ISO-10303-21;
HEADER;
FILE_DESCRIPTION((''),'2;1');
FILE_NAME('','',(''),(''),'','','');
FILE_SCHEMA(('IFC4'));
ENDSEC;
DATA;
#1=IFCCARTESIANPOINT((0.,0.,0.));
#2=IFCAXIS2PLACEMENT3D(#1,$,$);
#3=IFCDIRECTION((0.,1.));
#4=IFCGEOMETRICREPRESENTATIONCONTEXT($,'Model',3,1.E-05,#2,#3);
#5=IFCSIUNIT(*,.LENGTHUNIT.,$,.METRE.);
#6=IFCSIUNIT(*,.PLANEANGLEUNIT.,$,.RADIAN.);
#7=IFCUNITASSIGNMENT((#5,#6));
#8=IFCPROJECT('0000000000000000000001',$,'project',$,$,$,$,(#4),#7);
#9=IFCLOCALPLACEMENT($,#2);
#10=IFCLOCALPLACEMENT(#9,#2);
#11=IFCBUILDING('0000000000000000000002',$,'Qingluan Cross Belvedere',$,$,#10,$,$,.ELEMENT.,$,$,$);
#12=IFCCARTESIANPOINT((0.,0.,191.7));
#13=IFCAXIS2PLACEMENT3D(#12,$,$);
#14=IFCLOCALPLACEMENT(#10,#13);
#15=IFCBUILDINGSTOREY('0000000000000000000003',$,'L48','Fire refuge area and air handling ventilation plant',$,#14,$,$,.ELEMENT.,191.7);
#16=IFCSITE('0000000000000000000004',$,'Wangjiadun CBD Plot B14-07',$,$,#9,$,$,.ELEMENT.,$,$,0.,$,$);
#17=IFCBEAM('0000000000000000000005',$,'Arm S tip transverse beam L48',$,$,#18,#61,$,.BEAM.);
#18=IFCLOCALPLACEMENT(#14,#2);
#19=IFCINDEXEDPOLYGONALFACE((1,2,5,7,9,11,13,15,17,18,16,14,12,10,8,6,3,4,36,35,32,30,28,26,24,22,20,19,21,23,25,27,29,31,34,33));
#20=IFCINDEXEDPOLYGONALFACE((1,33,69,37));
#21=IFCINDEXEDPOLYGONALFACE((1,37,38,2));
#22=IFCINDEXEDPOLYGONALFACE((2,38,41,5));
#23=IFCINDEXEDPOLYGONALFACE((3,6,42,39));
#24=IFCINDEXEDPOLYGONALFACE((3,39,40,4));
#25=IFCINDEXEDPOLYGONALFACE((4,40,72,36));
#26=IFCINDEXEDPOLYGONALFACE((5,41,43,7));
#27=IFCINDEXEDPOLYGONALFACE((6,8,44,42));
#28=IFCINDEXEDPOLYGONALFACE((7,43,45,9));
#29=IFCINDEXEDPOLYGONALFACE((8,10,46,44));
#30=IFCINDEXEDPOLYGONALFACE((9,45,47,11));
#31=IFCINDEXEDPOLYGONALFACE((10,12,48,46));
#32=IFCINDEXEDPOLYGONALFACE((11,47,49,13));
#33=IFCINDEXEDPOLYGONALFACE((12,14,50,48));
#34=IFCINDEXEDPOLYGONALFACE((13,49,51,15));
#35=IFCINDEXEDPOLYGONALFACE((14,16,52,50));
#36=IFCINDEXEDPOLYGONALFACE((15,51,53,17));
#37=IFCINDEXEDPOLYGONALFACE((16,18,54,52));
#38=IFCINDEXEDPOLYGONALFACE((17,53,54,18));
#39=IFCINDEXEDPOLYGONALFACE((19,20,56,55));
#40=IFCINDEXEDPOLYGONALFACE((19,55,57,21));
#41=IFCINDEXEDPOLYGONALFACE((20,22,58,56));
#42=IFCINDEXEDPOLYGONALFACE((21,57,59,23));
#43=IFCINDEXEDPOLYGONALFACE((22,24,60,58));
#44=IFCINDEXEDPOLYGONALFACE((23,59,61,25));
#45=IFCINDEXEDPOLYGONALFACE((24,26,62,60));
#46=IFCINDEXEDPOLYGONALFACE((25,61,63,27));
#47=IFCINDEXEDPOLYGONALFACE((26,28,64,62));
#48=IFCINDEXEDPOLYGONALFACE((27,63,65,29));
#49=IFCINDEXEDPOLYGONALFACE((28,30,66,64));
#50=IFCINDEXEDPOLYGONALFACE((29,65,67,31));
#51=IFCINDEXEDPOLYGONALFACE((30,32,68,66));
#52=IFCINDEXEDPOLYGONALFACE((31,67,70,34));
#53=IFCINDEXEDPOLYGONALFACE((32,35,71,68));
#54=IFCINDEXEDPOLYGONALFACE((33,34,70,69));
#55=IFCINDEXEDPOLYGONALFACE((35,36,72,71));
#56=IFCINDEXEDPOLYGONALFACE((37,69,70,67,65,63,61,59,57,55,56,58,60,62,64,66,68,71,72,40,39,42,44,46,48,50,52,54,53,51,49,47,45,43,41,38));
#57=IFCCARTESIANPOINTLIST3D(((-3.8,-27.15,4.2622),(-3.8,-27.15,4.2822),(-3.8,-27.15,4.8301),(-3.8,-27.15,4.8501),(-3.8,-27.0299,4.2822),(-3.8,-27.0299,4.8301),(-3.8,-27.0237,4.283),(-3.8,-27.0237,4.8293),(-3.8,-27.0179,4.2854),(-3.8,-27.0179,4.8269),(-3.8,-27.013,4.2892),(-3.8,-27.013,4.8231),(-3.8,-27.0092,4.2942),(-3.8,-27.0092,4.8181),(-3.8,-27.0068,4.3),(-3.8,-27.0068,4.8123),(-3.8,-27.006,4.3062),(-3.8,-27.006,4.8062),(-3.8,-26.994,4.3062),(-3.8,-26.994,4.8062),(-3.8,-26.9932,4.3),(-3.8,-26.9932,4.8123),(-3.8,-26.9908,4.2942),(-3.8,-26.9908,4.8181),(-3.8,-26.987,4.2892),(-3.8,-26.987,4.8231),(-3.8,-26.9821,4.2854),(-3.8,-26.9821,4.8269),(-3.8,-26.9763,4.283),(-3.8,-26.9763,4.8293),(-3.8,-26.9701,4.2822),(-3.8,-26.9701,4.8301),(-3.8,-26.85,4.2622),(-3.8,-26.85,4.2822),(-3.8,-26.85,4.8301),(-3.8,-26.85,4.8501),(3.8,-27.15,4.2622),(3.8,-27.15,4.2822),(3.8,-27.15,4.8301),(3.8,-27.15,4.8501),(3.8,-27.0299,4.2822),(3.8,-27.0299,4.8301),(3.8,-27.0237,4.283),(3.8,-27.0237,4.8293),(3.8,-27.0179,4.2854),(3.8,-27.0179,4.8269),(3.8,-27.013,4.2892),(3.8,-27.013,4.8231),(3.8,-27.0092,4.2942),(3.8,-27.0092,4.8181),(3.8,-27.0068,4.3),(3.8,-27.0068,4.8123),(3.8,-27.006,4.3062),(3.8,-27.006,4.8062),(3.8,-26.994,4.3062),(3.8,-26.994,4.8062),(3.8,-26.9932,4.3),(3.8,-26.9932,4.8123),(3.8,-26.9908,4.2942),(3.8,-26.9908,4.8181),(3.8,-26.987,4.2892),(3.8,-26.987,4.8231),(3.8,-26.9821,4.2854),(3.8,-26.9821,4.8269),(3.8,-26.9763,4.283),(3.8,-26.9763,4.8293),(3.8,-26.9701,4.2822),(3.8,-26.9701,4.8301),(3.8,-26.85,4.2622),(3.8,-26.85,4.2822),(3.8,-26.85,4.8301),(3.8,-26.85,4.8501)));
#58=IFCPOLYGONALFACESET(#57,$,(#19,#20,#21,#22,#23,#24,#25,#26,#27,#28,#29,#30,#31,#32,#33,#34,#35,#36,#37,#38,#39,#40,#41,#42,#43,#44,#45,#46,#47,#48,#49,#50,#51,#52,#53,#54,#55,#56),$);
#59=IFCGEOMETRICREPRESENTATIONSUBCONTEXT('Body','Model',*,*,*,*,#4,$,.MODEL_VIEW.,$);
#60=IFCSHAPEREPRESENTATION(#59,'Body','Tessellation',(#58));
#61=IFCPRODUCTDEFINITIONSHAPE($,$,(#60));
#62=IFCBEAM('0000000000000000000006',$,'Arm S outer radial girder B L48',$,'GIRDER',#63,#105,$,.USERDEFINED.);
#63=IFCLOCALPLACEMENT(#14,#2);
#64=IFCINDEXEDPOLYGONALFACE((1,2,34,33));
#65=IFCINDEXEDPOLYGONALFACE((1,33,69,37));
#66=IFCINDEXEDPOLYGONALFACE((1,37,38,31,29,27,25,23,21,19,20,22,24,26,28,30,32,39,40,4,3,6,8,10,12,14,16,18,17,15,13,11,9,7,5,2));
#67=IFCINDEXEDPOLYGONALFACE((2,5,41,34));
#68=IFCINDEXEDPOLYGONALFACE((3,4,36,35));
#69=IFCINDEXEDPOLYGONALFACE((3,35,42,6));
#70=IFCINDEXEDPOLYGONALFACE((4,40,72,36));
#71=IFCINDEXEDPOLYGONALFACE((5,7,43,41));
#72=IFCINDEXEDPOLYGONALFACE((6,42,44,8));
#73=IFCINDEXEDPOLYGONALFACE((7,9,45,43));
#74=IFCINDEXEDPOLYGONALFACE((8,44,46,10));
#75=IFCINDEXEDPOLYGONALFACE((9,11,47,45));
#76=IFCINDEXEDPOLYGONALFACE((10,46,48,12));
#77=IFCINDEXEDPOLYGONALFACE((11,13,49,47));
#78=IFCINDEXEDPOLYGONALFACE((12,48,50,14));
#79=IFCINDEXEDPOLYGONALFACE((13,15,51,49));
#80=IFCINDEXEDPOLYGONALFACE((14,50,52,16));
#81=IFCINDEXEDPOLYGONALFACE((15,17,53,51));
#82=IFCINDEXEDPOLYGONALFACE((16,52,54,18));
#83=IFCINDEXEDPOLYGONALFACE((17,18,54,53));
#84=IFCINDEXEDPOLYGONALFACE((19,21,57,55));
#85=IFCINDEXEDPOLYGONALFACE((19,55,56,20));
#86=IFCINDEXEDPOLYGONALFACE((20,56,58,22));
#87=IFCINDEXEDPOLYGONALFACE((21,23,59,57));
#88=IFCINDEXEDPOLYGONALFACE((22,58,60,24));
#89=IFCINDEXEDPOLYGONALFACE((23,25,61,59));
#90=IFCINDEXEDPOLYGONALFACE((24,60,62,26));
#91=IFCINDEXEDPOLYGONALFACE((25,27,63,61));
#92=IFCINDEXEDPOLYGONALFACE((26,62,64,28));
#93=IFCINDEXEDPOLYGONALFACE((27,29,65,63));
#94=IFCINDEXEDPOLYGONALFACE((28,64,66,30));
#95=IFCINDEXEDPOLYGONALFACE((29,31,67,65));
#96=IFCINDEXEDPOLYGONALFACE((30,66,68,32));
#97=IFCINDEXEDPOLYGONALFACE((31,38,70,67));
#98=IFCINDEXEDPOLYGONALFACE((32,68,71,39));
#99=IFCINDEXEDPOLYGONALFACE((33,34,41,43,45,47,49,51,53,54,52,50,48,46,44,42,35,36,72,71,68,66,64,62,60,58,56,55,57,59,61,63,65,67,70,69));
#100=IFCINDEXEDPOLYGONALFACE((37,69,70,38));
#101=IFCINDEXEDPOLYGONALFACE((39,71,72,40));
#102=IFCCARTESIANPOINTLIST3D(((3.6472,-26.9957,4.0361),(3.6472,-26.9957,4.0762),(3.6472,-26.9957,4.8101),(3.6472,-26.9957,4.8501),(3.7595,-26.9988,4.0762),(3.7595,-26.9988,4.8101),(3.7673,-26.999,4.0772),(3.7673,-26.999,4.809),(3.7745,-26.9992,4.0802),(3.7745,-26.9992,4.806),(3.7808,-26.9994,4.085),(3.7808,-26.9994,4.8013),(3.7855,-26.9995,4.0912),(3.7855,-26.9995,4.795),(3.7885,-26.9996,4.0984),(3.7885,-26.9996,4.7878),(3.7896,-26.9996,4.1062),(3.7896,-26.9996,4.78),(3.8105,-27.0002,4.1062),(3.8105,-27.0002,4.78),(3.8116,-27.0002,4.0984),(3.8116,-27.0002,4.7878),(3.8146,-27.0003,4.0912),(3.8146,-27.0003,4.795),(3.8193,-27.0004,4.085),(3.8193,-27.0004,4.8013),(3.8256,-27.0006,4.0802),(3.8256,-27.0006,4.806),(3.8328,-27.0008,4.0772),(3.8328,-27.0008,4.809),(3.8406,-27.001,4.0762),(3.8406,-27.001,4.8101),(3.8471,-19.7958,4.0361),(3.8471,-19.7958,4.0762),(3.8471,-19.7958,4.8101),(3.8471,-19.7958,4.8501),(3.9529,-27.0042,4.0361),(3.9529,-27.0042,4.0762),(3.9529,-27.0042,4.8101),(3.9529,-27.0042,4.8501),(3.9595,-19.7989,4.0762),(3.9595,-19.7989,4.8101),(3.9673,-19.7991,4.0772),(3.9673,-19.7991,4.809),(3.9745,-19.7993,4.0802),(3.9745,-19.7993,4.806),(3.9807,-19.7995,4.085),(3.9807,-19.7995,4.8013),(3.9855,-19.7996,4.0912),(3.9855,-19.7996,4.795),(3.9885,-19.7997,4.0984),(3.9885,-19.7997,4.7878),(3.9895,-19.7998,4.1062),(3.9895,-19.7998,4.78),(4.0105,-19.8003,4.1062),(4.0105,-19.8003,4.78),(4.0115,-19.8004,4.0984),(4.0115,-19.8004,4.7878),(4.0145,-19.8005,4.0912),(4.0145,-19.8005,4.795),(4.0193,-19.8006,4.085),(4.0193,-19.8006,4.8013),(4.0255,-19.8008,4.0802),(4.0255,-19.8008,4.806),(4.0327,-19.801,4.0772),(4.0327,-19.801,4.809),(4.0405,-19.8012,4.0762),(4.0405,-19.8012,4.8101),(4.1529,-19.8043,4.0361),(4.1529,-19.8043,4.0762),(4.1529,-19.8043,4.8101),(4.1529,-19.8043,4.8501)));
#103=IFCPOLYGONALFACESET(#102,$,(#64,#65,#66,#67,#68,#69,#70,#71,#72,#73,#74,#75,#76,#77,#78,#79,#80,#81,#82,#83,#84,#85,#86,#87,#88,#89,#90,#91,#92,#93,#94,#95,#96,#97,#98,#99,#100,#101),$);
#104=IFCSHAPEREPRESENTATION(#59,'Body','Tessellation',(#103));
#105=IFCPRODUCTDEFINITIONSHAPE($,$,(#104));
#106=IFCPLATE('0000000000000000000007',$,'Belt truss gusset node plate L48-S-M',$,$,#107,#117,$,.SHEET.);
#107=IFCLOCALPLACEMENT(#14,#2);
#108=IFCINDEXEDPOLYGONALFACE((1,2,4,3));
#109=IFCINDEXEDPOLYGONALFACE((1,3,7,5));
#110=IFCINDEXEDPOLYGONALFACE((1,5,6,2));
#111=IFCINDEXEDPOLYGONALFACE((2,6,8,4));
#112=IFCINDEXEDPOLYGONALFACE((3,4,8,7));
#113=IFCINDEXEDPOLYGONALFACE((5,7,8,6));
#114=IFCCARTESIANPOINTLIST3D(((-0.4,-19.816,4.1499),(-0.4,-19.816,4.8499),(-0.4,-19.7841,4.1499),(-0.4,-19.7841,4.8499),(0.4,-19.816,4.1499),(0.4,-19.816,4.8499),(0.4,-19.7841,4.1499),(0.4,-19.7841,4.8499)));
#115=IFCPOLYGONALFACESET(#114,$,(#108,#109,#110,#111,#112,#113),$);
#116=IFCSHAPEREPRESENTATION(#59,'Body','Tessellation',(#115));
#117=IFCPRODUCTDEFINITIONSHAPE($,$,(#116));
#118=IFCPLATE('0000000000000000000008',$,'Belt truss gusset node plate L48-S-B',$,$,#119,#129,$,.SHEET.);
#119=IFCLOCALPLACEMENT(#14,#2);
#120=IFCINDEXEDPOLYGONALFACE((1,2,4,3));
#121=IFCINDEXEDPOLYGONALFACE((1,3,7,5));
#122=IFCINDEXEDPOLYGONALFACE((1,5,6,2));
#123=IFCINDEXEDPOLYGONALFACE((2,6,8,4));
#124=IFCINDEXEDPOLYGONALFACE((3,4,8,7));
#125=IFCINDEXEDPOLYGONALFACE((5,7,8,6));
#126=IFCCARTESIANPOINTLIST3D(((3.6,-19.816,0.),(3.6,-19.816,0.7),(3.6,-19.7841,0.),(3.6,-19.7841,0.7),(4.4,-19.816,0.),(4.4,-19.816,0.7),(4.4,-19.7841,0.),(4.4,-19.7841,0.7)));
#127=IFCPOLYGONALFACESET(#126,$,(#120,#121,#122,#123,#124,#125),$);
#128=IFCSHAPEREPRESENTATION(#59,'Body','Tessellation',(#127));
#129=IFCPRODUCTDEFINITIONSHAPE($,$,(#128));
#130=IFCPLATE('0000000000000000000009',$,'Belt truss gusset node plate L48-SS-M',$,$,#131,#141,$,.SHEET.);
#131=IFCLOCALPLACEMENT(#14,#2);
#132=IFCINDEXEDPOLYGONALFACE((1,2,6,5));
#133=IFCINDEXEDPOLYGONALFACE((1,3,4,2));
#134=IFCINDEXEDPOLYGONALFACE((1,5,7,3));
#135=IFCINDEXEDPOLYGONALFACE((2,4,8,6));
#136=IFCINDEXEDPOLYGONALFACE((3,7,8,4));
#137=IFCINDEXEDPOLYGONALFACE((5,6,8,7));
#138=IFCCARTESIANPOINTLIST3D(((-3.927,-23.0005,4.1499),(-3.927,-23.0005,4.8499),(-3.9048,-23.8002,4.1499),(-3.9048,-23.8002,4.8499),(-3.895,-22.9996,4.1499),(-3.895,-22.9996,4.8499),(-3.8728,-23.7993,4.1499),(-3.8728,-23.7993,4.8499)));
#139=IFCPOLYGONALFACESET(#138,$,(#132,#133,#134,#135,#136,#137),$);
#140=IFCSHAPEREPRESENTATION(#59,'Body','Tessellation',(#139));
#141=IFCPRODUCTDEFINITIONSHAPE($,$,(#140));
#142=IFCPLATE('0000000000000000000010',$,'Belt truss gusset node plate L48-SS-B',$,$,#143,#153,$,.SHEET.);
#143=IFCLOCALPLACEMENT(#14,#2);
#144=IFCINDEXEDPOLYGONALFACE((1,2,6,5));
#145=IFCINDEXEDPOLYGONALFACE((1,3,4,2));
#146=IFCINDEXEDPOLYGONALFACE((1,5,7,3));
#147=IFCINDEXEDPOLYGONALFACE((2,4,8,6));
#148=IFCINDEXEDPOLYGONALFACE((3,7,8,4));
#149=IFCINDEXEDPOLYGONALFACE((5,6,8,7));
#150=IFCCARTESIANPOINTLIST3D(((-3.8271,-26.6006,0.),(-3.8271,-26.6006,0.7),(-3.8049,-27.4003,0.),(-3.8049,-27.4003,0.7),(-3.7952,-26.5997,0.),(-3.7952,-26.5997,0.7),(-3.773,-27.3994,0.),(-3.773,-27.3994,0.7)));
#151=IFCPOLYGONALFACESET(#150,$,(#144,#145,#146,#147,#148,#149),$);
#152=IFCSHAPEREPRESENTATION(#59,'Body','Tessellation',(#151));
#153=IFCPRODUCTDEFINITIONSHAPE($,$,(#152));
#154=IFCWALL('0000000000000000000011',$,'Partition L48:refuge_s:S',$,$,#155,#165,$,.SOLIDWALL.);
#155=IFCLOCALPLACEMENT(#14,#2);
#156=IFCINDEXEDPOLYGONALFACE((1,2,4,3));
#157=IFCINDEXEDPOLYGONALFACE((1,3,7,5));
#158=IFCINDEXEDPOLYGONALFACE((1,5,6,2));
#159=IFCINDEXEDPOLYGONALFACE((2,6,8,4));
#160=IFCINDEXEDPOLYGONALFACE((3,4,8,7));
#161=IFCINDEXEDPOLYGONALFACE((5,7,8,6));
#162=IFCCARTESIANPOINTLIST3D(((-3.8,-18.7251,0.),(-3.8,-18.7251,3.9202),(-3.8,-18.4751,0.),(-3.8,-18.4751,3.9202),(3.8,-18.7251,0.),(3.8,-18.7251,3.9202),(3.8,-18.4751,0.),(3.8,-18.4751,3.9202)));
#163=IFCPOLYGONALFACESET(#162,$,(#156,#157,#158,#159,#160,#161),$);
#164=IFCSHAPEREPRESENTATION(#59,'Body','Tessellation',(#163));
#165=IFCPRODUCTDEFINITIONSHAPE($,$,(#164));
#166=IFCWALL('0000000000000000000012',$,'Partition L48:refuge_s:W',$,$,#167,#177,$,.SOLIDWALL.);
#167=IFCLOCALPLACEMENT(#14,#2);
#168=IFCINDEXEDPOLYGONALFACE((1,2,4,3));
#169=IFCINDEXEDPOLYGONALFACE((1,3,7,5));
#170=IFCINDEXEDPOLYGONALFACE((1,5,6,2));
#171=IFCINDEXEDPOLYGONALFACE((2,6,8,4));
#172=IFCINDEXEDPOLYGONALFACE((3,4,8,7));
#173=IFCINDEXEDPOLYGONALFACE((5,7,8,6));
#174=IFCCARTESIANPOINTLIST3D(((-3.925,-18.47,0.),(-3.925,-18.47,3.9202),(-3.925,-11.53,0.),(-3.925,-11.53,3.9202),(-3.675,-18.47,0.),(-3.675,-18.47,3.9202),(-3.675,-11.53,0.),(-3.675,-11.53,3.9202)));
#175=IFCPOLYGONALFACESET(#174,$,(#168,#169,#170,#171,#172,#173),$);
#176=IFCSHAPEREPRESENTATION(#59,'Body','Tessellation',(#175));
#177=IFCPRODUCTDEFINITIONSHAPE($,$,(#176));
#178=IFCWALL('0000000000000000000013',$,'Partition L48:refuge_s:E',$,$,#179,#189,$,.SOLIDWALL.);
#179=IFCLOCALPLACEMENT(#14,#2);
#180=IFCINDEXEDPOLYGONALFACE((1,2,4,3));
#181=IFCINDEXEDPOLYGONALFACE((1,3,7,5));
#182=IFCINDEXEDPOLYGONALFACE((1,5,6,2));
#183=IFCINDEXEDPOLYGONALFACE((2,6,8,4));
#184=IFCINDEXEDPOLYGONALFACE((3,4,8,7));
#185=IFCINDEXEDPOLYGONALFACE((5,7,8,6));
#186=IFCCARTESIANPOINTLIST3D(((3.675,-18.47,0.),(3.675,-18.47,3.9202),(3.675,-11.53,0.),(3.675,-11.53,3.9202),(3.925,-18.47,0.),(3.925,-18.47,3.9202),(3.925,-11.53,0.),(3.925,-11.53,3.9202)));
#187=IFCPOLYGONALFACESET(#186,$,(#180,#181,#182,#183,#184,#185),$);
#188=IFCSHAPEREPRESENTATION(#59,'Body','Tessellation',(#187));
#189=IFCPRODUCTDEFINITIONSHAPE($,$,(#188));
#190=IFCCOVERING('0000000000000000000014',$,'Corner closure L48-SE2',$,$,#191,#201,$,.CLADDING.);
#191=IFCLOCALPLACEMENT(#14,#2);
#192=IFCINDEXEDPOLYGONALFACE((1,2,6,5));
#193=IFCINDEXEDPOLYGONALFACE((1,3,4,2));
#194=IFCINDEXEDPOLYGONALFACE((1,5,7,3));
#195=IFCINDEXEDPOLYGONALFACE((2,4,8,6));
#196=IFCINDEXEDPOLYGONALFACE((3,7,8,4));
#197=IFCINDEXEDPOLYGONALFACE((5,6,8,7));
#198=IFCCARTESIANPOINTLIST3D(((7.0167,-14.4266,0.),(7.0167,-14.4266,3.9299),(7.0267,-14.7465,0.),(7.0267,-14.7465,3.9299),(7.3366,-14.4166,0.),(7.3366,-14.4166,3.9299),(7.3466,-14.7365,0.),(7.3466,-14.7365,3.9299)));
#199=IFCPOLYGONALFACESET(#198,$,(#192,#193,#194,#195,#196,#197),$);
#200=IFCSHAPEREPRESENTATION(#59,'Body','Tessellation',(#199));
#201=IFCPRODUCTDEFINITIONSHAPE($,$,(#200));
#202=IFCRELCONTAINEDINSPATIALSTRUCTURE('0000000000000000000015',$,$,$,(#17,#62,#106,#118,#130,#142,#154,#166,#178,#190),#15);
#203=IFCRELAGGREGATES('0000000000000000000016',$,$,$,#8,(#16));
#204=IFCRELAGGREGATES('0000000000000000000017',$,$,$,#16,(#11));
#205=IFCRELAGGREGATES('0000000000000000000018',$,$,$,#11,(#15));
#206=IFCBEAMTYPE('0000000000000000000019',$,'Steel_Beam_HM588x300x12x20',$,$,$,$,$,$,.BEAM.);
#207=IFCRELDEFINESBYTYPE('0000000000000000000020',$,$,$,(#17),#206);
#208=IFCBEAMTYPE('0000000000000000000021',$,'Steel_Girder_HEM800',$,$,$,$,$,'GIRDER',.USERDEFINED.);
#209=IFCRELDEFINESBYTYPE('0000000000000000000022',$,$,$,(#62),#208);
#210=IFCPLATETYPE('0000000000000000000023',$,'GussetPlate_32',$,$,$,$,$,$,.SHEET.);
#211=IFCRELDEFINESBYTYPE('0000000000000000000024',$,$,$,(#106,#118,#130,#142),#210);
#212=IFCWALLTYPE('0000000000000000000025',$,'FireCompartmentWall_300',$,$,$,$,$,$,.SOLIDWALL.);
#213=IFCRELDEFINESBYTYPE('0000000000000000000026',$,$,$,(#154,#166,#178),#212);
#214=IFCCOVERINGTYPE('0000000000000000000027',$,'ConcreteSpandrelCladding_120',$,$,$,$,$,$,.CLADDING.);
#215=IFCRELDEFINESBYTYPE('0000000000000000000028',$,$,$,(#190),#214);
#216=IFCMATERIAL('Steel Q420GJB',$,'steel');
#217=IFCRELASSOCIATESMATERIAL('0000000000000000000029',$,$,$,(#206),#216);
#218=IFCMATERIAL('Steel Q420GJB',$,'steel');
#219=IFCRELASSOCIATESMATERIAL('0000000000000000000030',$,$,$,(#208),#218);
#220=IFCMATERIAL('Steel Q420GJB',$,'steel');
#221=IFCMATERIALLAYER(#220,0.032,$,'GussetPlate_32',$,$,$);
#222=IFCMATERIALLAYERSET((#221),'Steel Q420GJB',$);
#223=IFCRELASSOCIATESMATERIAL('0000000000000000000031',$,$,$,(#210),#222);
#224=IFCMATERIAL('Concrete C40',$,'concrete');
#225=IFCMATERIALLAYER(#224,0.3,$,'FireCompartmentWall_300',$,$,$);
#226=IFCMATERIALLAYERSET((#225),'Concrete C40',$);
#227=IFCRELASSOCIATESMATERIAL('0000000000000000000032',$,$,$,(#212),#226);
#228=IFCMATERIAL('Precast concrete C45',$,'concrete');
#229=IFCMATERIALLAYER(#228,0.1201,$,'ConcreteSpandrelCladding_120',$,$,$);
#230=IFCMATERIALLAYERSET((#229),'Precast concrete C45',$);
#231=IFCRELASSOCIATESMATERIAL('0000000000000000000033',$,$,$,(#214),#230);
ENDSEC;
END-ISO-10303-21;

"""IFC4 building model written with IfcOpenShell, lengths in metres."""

from ifc_helpers import new_model, si_unit, direction, frame, frame_2d, origin, origin_2d, place, context, subcontext, project, spatial, rectangle, i_section, extrude, material, layer, layer_set, material_profile, profile_set, type_object, element, save


model = new_model("IFC4")

# Units and contexts
model_context = context("Model", 3, precision=1e-05, world=origin(), true_north=direction((0.0, 1.0)))
body_context = subcontext(model_context, "Body", "Model", "MODEL_VIEW")
ifc_project = project(units=[si_unit("LENGTHUNIT", "METRE"), si_unit("PLANEANGLEUNIT", "RADIAN")], contexts=[model_context])

# Site, building, storey
site_placement = place(None, origin())
site = spatial("IfcSite", under=ifc_project, at=site_placement, Name="Wangjiadun CBD Plot B14-07", CompositionType="ELEMENT", RefElevation=0.0)
building_placement = place(site_placement, origin())
building = spatial("IfcBuilding", under=site, at=building_placement, Name="Qingluan Cross Belvedere", CompositionType="ELEMENT")
storey_placement = place(building_placement, frame((0.0, 0.0, 191.7)))
storey = spatial("IfcBuildingStorey", under=building, at=storey_placement, Name="L48", Description="Fire refuge area and air handling ventilation plant", CompositionType="ELEMENT", Elevation=191.7)

# Beams
ifc_material_1 = material(Name="Steel Q420GJB", Category="steel")
ifc_material_profile_1 = material_profile(ifc_material_1, i_section(OverallWidth=0.3, OverallDepth=0.5879, WebThickness=0.012, FlangeThickness=0.02, FilletRadius=0.0239, at=origin_2d()), Name="HM588x300x12x20")
ifc_profile_set_1 = profile_set([ifc_material_profile_1], Name="Steel Q420GJB")
beam_type_1 = type_object("IfcBeamType", Name="Steel_Beam_HM588x300x12x20", PredefinedType="BEAM", material=ifc_profile_set_1)
beam_1_placement = place(storey_placement, frame((-3.8, -27.0, 4.5562), z_axis=(1.0, 0.0, 0.0), x_axis=(0.0, 1.0, 0.0)))
element("IfcBeam", 1, at=beam_1_placement, inside=storey, type_object=beam_type_1, Name="Arm S tip transverse beam L48", PredefinedType="BEAM", context=body_context, shape_type="SweptSolid", body=[
    extrude(i_section(OverallWidth=0.3, OverallDepth=0.5879, WebThickness=0.012, FlangeThickness=0.02, FilletRadius=0.0239, at=origin_2d()), origin(), (0.0, 0.0, 1.0), 7.6001),
])
ifc_material_2 = material(Name="Steel Q420GJB", Category="steel")
ifc_material_profile_2 = material_profile(ifc_material_2, i_section(OverallWidth=0.3059, OverallDepth=0.814, WebThickness=0.021, FlangeThickness=0.04, FilletRadius=0.03, at=origin_2d()), Name="HEM800")
ifc_profile_set_2 = profile_set([ifc_material_profile_2], Name="Steel Q420GJB")
beam_type_2 = type_object("IfcBeamType", Name="Steel_Girder_HEM800", ElementType="GIRDER", PredefinedType="USERDEFINED", material=ifc_profile_set_2)
beam_2_placement = place(storey_placement, frame((4.0, -19.8, 4.4431), z_axis=(-0.02776, -0.999615, 0.0), x_axis=(0.999615, -0.02776, 0.0)))
element("IfcBeam", 2, at=beam_2_placement, inside=storey, type_object=beam_type_2, Name="Arm S outer radial girder B L48", ObjectType="GIRDER", PredefinedType="USERDEFINED", context=body_context, shape_type="SweptSolid", body=[
    extrude(i_section(OverallWidth=0.3059, OverallDepth=0.814, WebThickness=0.021, FlangeThickness=0.04, FilletRadius=0.03, at=origin_2d()), origin(), (0.0, 0.0, 1.0), 7.2026),
])

# Plates
ifc_material_3 = material(Name="Steel Q420GJB", Category="steel")
ifc_layer_1 = layer(ifc_material_3, 0.032, Name="GussetPlate_32")
ifc_layer_set_1 = layer_set([ifc_layer_1], Name="Steel Q420GJB")
plate_type = type_object("IfcPlateType", Name="GussetPlate_32", PredefinedType="SHEET", material=ifc_layer_set_1)
for number, where, z_axis, x_axis, name in (
    (3, (0.0, -19.8, 4.1499), (0.0, 0.0, 1.0), (1.0, 0.0, 0.0), "Belt truss gusset node plate L48-S-M"),
    (4, (4.0, -19.8, 0.0), (0.0, 0.0, 1.0), (1.0, 0.0, 0.0), "Belt truss gusset node plate L48-S-B"),
    (5, (-3.8999, -23.3999, 4.1499), (0.0, 0.0, 1.0), (0.027767, -0.999614, 0.0), "Belt truss gusset node plate L48-SS-M"),
    (6, (-3.8, -27.0, 0.0), (0.0, 0.0, 1.0), (0.027767, -0.999614, 0.0), "Belt truss gusset node plate L48-SS-B"),
):
    element("IfcPlate", number, at=place(storey_placement, frame(where, z_axis=z_axis, x_axis=x_axis)), inside=storey, type_object=plate_type, Name=name, PredefinedType="SHEET", context=body_context, shape_type="SweptSolid", body=[
        extrude(rectangle(XDim=0.8, YDim=0.032, at=origin_2d()), origin(), (0.0, 0.0, 1.0), 0.7),
    ])

# Walls
ifc_material_4 = material(Name="Concrete C40", Category="concrete")
ifc_layer_2 = layer(ifc_material_4, 0.3, Name="FireCompartmentWall_300")
ifc_layer_set_2 = layer_set([ifc_layer_2], Name="Concrete C40")
wall_type = type_object("IfcWallType", Name="FireCompartmentWall_300", PredefinedType="SOLIDWALL", material=ifc_layer_set_2)
wall_placement = place(storey_placement, frame((-3.8, -18.6001, 0.0), z_axis=(0.0, 0.0, 1.0), x_axis=(1.0, 0.0, 0.0)))
element("IfcWall", 7, at=wall_placement, inside=storey, type_object=wall_type, Name="Partition L48:refuge_s:S", PredefinedType="SOLIDWALL", context=body_context, shape_type="SweptSolid", body=[
    extrude(rectangle(XDim=7.6001, YDim=0.25, at=frame_2d((3.8, 0.0))), origin(), (0.0, 0.0, 1.0), 3.9202),
])
for number, where, z_axis, x_axis, name in (
    (8, (-3.8, -18.47, 0.0), (0.0, 0.0, 1.0), (0.0, 1.0, 0.0), "Partition L48:refuge_s:W"),
    (9, (3.8, -18.47, 0.0), (0.0, 0.0, 1.0), (0.0, 1.0, 0.0), "Partition L48:refuge_s:E"),
):
    element("IfcWall", number, at=place(storey_placement, frame(where, z_axis=z_axis, x_axis=x_axis)), inside=storey, type_object=wall_type, Name=name, PredefinedType="SOLIDWALL", context=body_context, shape_type="SweptSolid", body=[
        extrude(rectangle(XDim=6.9399, YDim=0.25, at=frame_2d((3.47, 0.0))), origin(), (0.0, 0.0, 1.0), 3.9202),
    ])

# Covering
ifc_material_5 = material(Name="Precast concrete C45", Category="concrete")
ifc_layer_3 = layer(ifc_material_5, 0.1201, Name="ConcreteSpandrelCladding_120")
ifc_layer_set_3 = layer_set([ifc_layer_3], Name="Precast concrete C45")
covering_type = type_object("IfcCoveringType", Name="ConcreteSpandrelCladding_120", PredefinedType="CLADDING", material=ifc_layer_set_3)
covering_placement = place(storey_placement, frame((7.1816, -14.5815, 0.0), z_axis=(0.0, 0.0, 1.0), x_axis=(0.999507, 0.031411, 0.0)))
element("IfcCovering", 10, at=covering_placement, inside=storey, type_object=covering_type, Name="Corner closure L48-SE2", PredefinedType="CLADDING", context=body_context, shape_type="SweptSolid", body=[
    extrude(rectangle(XDim=0.3201, YDim=0.3201, at=origin_2d()), origin(), (0.0, 0.0, 1.0), 3.9299),
])

save(model, "model.ifc")
